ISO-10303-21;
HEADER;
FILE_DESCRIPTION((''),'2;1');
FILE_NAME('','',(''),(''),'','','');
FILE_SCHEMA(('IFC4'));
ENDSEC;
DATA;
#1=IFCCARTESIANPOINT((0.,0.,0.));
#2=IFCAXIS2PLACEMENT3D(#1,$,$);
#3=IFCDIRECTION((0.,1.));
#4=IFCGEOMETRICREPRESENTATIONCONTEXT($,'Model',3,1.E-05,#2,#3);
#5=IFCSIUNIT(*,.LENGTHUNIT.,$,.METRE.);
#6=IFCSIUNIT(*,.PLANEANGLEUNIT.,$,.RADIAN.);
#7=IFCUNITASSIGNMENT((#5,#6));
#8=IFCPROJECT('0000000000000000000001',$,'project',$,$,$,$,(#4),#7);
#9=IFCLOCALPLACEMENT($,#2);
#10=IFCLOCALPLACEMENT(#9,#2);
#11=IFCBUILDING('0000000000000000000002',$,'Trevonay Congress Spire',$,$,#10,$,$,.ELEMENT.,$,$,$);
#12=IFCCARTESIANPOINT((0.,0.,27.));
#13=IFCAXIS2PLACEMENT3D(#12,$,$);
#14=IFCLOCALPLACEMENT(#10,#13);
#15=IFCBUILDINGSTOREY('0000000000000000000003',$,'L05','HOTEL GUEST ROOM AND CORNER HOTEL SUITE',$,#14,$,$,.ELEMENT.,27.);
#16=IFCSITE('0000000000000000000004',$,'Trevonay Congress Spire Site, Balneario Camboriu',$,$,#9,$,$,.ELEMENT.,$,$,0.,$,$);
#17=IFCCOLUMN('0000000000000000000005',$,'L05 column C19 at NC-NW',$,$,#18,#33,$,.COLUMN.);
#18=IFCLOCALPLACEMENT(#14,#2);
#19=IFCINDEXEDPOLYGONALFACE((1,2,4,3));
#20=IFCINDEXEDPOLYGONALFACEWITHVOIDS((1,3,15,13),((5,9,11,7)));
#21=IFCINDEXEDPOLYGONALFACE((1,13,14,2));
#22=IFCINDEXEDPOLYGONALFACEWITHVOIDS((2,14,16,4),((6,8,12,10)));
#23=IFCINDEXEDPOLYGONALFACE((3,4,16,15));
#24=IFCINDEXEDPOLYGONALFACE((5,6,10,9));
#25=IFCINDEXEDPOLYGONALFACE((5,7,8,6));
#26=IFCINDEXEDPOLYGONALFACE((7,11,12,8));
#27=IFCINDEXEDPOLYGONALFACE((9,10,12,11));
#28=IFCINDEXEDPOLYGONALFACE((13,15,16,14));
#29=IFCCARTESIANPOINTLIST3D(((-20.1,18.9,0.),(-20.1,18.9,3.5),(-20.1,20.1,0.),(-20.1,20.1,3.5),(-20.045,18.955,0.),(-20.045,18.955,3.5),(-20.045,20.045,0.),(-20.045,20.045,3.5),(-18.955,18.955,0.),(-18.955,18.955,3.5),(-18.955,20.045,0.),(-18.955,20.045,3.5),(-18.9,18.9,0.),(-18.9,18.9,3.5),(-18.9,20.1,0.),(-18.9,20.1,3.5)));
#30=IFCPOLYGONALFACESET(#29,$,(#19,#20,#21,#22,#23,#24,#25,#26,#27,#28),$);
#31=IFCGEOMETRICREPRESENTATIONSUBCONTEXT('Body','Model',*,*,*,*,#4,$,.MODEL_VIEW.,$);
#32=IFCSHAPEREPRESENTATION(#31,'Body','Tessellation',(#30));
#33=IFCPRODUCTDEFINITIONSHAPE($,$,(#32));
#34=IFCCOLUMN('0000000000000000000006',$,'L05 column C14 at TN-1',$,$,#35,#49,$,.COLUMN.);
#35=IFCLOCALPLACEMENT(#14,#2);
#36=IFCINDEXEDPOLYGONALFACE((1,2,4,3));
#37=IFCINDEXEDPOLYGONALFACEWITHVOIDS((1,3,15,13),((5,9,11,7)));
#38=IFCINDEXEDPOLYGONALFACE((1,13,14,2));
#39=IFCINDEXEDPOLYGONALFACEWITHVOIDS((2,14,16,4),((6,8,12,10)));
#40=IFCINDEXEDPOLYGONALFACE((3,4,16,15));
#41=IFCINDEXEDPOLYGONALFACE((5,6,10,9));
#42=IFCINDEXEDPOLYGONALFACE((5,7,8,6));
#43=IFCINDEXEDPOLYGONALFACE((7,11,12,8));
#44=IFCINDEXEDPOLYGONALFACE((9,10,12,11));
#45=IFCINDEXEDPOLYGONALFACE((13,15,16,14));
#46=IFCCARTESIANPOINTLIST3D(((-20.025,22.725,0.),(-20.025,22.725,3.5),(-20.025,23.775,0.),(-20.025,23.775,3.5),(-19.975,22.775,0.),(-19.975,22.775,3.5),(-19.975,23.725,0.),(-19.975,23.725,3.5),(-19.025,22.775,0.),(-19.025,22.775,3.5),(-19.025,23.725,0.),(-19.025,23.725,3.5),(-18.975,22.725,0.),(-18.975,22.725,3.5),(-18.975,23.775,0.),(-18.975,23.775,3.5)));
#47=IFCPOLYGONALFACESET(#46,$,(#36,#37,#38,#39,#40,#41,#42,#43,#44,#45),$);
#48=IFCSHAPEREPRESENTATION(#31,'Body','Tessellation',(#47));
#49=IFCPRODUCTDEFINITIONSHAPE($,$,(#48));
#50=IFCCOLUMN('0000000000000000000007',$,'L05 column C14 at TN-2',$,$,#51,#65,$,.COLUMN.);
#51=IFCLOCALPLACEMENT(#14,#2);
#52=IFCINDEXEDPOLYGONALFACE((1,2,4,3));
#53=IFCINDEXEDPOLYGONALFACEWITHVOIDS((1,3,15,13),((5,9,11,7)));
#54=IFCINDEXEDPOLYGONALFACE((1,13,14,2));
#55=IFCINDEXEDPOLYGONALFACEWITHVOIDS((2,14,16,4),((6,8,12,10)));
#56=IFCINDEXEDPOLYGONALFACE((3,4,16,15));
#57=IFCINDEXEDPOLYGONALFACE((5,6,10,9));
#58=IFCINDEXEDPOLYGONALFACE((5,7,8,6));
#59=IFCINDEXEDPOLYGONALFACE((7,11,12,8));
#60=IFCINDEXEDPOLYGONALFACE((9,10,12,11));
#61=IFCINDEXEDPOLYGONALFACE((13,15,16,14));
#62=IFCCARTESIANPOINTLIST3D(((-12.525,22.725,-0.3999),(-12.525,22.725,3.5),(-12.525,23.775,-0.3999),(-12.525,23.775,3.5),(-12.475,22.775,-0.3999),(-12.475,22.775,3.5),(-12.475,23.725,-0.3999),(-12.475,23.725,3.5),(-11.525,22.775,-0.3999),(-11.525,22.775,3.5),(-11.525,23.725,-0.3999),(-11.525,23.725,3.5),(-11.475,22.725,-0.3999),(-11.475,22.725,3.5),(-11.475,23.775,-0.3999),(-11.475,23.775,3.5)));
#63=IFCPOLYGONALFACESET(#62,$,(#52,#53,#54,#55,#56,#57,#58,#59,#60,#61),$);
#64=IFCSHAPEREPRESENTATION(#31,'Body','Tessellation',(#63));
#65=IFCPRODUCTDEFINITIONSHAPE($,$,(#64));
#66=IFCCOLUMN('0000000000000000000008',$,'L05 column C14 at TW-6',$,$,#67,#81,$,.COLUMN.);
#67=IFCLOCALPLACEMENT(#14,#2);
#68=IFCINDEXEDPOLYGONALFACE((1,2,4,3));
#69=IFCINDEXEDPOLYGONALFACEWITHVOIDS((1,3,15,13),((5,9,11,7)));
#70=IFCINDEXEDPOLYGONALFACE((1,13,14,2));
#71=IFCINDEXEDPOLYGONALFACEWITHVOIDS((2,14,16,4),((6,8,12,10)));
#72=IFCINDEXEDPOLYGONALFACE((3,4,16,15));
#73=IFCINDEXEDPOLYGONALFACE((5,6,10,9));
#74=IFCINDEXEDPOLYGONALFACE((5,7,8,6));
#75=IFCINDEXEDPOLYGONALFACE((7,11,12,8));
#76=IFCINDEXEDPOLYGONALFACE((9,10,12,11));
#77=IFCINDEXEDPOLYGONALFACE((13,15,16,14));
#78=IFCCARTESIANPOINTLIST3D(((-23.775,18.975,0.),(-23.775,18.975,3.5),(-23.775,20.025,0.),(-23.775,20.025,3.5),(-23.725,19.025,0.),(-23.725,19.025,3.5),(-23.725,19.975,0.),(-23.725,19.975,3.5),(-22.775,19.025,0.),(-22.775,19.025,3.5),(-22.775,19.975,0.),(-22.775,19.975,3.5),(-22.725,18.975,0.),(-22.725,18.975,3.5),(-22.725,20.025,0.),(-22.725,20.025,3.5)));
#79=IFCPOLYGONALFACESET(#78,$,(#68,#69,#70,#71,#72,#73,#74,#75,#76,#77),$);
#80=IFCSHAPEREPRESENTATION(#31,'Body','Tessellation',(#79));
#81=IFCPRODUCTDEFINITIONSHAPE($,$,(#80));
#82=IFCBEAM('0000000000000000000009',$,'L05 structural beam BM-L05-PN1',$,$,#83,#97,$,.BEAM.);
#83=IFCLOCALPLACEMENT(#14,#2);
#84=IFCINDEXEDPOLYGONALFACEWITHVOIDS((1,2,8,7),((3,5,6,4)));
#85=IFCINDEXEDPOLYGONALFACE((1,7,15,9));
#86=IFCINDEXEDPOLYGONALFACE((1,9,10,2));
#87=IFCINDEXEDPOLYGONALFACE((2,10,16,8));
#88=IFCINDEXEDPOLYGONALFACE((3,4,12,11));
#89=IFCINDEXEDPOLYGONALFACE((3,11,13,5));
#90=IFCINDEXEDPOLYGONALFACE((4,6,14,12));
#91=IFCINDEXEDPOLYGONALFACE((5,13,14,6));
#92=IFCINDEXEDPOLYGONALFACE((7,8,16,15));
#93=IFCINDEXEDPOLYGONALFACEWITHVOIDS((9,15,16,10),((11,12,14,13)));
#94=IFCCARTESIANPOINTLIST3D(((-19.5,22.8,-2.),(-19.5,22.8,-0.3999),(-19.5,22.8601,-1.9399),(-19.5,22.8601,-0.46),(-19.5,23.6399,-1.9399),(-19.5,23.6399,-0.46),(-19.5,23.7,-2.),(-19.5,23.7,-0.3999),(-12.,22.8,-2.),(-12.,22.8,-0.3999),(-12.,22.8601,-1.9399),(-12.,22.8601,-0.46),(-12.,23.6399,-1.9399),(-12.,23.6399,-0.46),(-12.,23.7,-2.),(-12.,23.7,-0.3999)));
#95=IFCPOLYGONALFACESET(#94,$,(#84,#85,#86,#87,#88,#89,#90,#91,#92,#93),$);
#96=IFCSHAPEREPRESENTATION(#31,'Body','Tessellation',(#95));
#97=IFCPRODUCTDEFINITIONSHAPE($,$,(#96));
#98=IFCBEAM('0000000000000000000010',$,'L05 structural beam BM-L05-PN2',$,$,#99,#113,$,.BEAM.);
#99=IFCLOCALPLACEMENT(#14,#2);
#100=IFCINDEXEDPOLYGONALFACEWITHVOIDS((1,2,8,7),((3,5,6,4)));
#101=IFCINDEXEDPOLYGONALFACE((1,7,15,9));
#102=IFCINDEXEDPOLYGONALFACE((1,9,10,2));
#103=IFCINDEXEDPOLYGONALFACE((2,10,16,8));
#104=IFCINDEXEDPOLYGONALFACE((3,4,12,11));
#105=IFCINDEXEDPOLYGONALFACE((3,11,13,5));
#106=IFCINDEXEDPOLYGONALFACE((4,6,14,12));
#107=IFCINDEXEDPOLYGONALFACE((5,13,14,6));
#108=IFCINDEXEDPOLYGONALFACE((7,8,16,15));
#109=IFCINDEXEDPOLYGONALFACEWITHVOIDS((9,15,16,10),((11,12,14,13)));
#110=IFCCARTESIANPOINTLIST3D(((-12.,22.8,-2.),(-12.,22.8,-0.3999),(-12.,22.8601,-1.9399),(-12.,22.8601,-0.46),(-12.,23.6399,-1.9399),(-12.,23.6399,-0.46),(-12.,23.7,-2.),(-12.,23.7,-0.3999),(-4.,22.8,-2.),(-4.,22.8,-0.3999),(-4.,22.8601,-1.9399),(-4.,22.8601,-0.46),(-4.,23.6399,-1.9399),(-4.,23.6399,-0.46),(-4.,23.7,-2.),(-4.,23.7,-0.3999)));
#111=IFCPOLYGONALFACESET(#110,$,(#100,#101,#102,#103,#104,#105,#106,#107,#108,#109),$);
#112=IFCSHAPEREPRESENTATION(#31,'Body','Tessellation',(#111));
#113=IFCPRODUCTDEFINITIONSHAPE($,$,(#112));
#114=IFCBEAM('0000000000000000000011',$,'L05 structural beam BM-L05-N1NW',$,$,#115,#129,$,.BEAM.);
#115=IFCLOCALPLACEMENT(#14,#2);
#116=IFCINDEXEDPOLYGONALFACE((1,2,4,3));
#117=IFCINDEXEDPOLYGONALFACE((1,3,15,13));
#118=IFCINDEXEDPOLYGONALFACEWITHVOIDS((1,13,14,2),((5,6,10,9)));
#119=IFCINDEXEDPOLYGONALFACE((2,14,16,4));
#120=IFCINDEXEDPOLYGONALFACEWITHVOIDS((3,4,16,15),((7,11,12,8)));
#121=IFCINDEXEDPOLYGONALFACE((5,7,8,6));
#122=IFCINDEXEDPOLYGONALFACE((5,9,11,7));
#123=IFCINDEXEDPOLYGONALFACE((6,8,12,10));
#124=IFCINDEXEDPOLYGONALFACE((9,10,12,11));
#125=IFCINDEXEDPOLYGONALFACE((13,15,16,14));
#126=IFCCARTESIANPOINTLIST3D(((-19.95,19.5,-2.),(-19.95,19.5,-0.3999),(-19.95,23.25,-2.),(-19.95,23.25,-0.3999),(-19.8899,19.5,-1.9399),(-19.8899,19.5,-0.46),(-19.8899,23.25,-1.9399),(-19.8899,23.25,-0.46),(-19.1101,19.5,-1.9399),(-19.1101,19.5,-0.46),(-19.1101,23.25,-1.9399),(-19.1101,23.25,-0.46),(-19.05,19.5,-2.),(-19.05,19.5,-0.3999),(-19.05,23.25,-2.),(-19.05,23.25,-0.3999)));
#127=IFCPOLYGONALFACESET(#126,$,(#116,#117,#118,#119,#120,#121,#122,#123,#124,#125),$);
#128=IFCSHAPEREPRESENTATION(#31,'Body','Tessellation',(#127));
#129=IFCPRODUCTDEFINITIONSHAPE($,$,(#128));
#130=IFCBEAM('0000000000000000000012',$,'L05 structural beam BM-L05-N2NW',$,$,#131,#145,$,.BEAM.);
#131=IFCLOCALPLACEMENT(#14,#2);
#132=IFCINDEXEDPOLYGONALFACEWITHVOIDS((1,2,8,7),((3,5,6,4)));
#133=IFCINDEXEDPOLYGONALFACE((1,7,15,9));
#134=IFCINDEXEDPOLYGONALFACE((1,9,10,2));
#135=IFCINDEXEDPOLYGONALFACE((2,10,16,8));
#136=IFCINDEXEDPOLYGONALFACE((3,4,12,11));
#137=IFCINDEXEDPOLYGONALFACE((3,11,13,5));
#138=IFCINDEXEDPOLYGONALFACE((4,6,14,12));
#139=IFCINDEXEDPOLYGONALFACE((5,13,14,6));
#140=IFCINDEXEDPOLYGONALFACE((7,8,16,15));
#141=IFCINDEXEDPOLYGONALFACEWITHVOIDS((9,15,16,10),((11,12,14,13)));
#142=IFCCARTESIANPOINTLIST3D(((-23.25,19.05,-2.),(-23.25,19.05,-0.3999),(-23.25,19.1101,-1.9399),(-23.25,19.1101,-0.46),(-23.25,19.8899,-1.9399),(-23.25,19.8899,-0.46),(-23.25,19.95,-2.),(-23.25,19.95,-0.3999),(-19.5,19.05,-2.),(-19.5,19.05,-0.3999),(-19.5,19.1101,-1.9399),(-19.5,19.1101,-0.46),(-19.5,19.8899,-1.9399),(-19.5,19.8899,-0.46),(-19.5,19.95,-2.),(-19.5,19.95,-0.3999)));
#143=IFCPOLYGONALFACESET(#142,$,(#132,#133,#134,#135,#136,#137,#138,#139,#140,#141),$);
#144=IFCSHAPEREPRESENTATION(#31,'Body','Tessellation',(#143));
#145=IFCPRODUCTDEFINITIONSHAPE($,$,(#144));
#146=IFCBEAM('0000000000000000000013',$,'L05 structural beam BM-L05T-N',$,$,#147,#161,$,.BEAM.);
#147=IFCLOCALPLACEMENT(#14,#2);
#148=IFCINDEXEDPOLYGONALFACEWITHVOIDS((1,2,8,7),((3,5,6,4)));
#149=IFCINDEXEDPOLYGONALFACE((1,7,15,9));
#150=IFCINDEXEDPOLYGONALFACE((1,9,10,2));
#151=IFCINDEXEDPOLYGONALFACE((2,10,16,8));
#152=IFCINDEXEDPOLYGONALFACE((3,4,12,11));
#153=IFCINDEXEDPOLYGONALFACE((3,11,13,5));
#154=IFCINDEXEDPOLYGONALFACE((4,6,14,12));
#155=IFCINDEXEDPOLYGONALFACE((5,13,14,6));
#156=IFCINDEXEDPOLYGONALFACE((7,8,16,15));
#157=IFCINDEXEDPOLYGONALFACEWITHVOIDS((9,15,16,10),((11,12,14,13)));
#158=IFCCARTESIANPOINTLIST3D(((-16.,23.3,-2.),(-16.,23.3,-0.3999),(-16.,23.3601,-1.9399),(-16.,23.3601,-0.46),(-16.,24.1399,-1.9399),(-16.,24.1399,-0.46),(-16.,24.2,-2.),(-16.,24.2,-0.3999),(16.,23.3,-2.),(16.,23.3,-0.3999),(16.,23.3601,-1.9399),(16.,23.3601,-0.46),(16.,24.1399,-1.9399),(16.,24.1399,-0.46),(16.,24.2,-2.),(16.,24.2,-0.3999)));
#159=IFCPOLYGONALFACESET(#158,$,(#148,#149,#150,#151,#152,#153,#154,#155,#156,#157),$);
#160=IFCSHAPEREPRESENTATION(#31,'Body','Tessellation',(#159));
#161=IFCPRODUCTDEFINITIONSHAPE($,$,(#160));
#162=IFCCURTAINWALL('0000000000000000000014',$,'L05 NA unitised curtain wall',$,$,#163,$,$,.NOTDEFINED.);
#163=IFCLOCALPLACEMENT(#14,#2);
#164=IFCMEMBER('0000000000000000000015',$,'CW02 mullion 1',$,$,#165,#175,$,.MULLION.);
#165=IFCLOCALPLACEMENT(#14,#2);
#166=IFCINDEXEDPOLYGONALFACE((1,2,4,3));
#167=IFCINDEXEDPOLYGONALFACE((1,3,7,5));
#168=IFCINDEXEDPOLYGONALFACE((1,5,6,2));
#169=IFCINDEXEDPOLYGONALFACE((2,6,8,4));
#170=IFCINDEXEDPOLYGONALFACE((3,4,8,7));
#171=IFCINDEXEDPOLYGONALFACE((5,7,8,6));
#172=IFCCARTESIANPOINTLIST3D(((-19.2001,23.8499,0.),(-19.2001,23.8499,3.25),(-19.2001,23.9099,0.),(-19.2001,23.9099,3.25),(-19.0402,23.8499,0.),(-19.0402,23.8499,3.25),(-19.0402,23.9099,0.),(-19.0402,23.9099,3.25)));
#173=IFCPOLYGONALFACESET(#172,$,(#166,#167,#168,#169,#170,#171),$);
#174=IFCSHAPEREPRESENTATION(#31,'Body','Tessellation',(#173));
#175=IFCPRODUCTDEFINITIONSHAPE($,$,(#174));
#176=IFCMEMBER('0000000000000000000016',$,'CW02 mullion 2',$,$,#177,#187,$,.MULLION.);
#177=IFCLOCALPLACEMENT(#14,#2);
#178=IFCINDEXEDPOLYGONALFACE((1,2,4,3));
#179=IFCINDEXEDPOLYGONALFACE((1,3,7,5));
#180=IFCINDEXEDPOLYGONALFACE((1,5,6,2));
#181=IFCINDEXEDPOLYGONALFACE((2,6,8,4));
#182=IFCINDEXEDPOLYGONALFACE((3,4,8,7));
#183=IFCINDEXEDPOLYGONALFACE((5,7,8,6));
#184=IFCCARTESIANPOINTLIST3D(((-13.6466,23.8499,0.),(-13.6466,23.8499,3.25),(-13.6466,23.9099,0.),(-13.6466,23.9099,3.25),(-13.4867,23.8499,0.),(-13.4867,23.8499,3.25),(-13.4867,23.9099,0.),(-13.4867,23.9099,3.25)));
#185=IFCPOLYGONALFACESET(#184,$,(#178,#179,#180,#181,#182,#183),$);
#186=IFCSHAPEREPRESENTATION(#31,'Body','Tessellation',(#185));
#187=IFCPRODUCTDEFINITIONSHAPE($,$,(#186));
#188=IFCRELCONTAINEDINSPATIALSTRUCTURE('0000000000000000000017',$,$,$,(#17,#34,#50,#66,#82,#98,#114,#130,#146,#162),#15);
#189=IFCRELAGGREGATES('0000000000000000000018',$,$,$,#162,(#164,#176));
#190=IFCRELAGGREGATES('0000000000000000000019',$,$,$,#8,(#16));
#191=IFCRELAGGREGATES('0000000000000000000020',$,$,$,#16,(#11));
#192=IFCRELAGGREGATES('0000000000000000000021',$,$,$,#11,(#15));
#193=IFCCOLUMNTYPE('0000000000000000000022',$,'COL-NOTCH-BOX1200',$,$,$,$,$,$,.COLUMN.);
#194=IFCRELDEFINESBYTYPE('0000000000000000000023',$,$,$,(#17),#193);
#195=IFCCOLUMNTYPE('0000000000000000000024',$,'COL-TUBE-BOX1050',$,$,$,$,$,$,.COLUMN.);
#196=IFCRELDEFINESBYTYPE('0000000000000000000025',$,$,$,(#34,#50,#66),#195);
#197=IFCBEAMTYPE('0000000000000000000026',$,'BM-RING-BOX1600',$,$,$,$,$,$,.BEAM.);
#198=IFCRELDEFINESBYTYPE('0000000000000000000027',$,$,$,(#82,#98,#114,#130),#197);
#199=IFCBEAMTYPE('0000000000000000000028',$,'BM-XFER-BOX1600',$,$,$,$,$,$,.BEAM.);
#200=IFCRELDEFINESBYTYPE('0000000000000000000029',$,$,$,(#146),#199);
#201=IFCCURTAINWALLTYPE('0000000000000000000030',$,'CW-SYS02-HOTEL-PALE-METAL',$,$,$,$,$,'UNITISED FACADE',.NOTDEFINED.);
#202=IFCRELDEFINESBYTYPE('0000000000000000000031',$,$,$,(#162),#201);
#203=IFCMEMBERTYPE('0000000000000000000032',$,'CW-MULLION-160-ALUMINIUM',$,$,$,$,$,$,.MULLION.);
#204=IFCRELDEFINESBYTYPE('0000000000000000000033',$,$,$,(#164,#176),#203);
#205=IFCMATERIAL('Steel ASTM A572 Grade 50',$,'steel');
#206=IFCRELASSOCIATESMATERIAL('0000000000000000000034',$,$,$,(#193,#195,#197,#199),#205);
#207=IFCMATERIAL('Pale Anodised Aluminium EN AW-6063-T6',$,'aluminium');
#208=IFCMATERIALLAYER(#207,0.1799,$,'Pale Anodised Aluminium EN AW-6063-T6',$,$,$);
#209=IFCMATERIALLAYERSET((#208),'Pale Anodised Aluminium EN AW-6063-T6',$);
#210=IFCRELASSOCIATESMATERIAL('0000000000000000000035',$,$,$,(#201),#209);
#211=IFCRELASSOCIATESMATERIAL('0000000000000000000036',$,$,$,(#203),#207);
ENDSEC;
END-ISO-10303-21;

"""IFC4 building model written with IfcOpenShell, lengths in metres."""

from ifc_helpers import new_model, si_unit, direction, frame, origin, origin_2d, place, context, subcontext, project, spatial, rectangle, hollow_rectangle, extrude, material, layer, layer_set, material_profile, profile_set, type_object, element, aggregate, save


model = new_model("IFC4")

# Units and contexts
model_context = context("Model", 3, precision=1e-05, world=origin(), true_north=direction((0.0, 1.0)))
body_context = subcontext(model_context, "Body", "Model", "MODEL_VIEW")
ifc_project = project(units=[si_unit("LENGTHUNIT", "METRE"), si_unit("PLANEANGLEUNIT", "RADIAN")], contexts=[model_context])

# Site, building, storey
site_placement = place(None, origin())
site = spatial("IfcSite", under=ifc_project, at=site_placement, Name="Trevonay Congress Spire Site, Balneario Camboriu", CompositionType="ELEMENT", RefElevation=0.0)
building_placement = place(site_placement, origin())
building = spatial("IfcBuilding", under=site, at=building_placement, Name="Trevonay Congress Spire", CompositionType="ELEMENT")
storey_placement = place(building_placement, frame((0.0, 0.0, 27.0)))
storey = spatial("IfcBuildingStorey", under=building, at=storey_placement, Name="L05", Description="HOTEL GUEST ROOM AND CORNER HOTEL SUITE", CompositionType="ELEMENT", Elevation=27.0)

# Columns
ifc_material_1 = material(Name="Steel ASTM A572 Grade 50", Category="steel")
ifc_material_profile_1 = material_profile(ifc_material_1, hollow_rectangle(XDim=1.2, YDim=1.2, WallThickness=0.0549, at=origin_2d()), Name="BOX 1200x1200x55")
ifc_profile_set_1 = profile_set([ifc_material_profile_1], Name="Steel ASTM A572 Grade 50")
column_type_1 = type_object("IfcColumnType", Name="COL-NOTCH-BOX1200", PredefinedType="COLUMN", material=ifc_profile_set_1)
column_1_placement = place(storey_placement, frame((-19.5, 19.5, 0.0), z_axis=(0.0, 0.0, 1.0), x_axis=(1.0, 0.0, 0.0)))
element("IfcColumn", 1, at=column_1_placement, inside=storey, type_object=column_type_1, Name="L05 column C19 at NC-NW", PredefinedType="COLUMN", context=body_context, shape_type="SweptSolid", body=[
    extrude(hollow_rectangle(XDim=1.2, YDim=1.2, WallThickness=0.0549, at=origin_2d()), origin(), (0.0, 0.0, 1.0), 3.5),
])
ifc_material_profile_2 = material_profile(ifc_material_1, hollow_rectangle(XDim=1.05, YDim=1.05, WallThickness=0.05, at=origin_2d()), Name="BOX 1050x1050x50")
ifc_profile_set_2 = profile_set([ifc_material_profile_2], Name="Steel ASTM A572 Grade 50")
column_type_2 = type_object("IfcColumnType", Name="COL-TUBE-BOX1050", PredefinedType="COLUMN", material=ifc_profile_set_2)
column_2_placement = place(storey_placement, frame((-19.5, 23.25, 0.0), z_axis=(0.0, 0.0, 1.0), x_axis=(1.0, 0.0, 0.0)))
element("IfcColumn", 2, at=column_2_placement, inside=storey, type_object=column_type_2, Name="L05 column C14 at TN-1", PredefinedType="COLUMN", context=body_context, shape_type="SweptSolid", body=[
    extrude(hollow_rectangle(XDim=1.05, YDim=1.05, WallThickness=0.05, at=origin_2d()), origin(), (0.0, 0.0, 1.0), 3.5),
])
column_3_placement = place(storey_placement, frame((-12.0, 23.25, -0.3999), z_axis=(0.0, 0.0, 1.0), x_axis=(1.0, 0.0, 0.0)))
element("IfcColumn", 3, at=column_3_placement, inside=storey, type_object=column_type_2, Name="L05 column C14 at TN-2", PredefinedType="COLUMN", context=body_context, shape_type="SweptSolid", body=[
    extrude(hollow_rectangle(XDim=1.05, YDim=1.05, WallThickness=0.05, at=origin_2d()), origin(), (0.0, 0.0, 1.0), 3.8999),
])
column_4_placement = place(storey_placement, frame((-23.25, 19.5, 0.0), z_axis=(0.0, 0.0, 1.0), x_axis=(1.0, 0.0, 0.0)))
element("IfcColumn", 4, at=column_4_placement, inside=storey, type_object=column_type_2, Name="L05 column C14 at TW-6", PredefinedType="COLUMN", context=body_context, shape_type="SweptSolid", body=[
    extrude(hollow_rectangle(XDim=1.05, YDim=1.05, WallThickness=0.05, at=origin_2d()), origin(), (0.0, 0.0, 1.0), 3.5),
])

# Beams
ifc_material_profile_3 = material_profile(ifc_material_1, hollow_rectangle(XDim=0.8999, YDim=1.6001, WallThickness=0.0601, at=origin_2d()), Name="BOX 1600x900x60")
ifc_profile_set_3 = profile_set([ifc_material_profile_3], Name="Steel ASTM A572 Grade 50")
beam_type_1 = type_object("IfcBeamType", Name="BM-RING-BOX1600", PredefinedType="BEAM", material=ifc_profile_set_3)
beam_1_placement = place(storey_placement, frame((-19.5, 23.25, -1.2), z_axis=(1.0, 0.0, 0.0), x_axis=(0.0, 1.0, 0.0)))
element("IfcBeam", 5, at=beam_1_placement, inside=storey, type_object=beam_type_1, Name="L05 structural beam BM-L05-PN1", PredefinedType="BEAM", context=body_context, shape_type="SweptSolid", body=[
    extrude(hollow_rectangle(XDim=0.8999, YDim=1.6001, WallThickness=0.0601, at=origin_2d()), origin(), (0.0, 0.0, 1.0), 7.5),
])
beam_2_placement = place(storey_placement, frame((-12.0, 23.25, -1.2), z_axis=(1.0, 0.0, 0.0), x_axis=(0.0, 1.0, 0.0)))
element("IfcBeam", 6, at=beam_2_placement, inside=storey, type_object=beam_type_1, Name="L05 structural beam BM-L05-PN2", PredefinedType="BEAM", context=body_context, shape_type="SweptSolid", body=[
    extrude(hollow_rectangle(XDim=0.8999, YDim=1.6001, WallThickness=0.0601, at=origin_2d()), origin(), (0.0, 0.0, 1.0), 8.0),
])
for number, where, z_axis, x_axis, name in (
    (7, (-19.5, 23.25, -1.2), (0.0, -1.0, 0.0), (1.0, 0.0, 0.0), "L05 structural beam BM-L05-N1NW"),
    (8, (-23.25, 19.5, -1.2), (1.0, 0.0, 0.0), (0.0, 1.0, 0.0), "L05 structural beam BM-L05-N2NW"),
):
    element("IfcBeam", number, at=place(storey_placement, frame(where, z_axis=z_axis, x_axis=x_axis)), inside=storey, type_object=beam_type_1, Name=name, PredefinedType="BEAM", context=body_context, shape_type="SweptSolid", body=[
        extrude(hollow_rectangle(XDim=0.8999, YDim=1.6001, WallThickness=0.0601, at=origin_2d()), origin(), (0.0, 0.0, 1.0), 3.75),
    ])
ifc_material_profile_4 = material_profile(ifc_material_1, hollow_rectangle(XDim=0.8999, YDim=1.6001, WallThickness=0.0601, at=origin_2d()), Name="BOX 1600x900x60")
ifc_profile_set_4 = profile_set([ifc_material_profile_4], Name="Steel ASTM A572 Grade 50")
beam_type_2 = type_object("IfcBeamType", Name="BM-XFER-BOX1600", PredefinedType="BEAM", material=ifc_profile_set_4)
beam_3_placement = place(storey_placement, frame((-16.0, 23.75, -1.2), z_axis=(1.0, 0.0, 0.0), x_axis=(0.0, 1.0, 0.0)))
element("IfcBeam", 9, at=beam_3_placement, inside=storey, type_object=beam_type_2, Name="L05 structural beam BM-L05T-N", PredefinedType="BEAM", context=body_context, shape_type="SweptSolid", body=[
    extrude(hollow_rectangle(XDim=0.8999, YDim=1.6001, WallThickness=0.0601, at=origin_2d()), origin(), (0.0, 0.0, 1.0), 32.0),
])

# Curtain wall, members
ifc_material_2 = material(Name="Pale Anodised Aluminium EN AW-6063-T6", Category="aluminium")
ifc_layer_1 = layer(ifc_material_2, 0.1799, Name="Pale Anodised Aluminium EN AW-6063-T6")
ifc_layer_set_1 = layer_set([ifc_layer_1], Name="Pale Anodised Aluminium EN AW-6063-T6")
curtain_wall_type = type_object("IfcCurtainWallType", Name="CW-SYS02-HOTEL-PALE-METAL", ElementType="UNITISED FACADE", PredefinedType="NOTDEFINED", material=ifc_layer_set_1)
curtain_wall_1_placement = place(storey_placement, origin())
curtain_wall_1 = element("IfcCurtainWall", 10, at=curtain_wall_1_placement, inside=storey, type_object=curtain_wall_type, Name="L05 NA unitised curtain wall", PredefinedType="NOTDEFINED")
ifc_material_profile_5 = material_profile(ifc_material_2, rectangle(XDim=0.0601, YDim=0.1599, at=origin_2d()), Name="CW-MULLION-160-ALUMINIUM")
ifc_profile_set_5 = profile_set([ifc_material_profile_5], Name="Pale Anodised Aluminium EN AW-6063-T6")
member_type_1 = type_object("IfcMemberType", Name="CW-MULLION-160-ALUMINIUM", PredefinedType="MULLION", material=ifc_profile_set_5)
member_1_placement = place(storey_placement, frame((-19.1201, 23.8799, 0.0), z_axis=(0.0, 0.0, 1.0), x_axis=(0.0, 1.0, 0.0)))
member_1 = element("IfcMember", 11, at=member_1_placement, type_object=member_type_1, Name="CW02 mullion 1", PredefinedType="MULLION", context=body_context, shape_type="SweptSolid", body=[
    extrude(rectangle(XDim=0.0601, YDim=0.1599, at=origin_2d()), origin(), (0.0, 0.0, 1.0), 3.25),
])
member_2_placement = place(storey_placement, frame((-13.5667, 23.8799, 0.0), z_axis=(0.0, 0.0, 1.0), x_axis=(0.0, 1.0, 0.0)))
member_2 = element("IfcMember", 12, at=member_2_placement, type_object=member_type_1, Name="CW02 mullion 2", PredefinedType="MULLION", context=body_context, shape_type="SweptSolid", body=[
    extrude(rectangle(XDim=0.0601, YDim=0.1599, at=origin_2d()), origin(), (0.0, 0.0, 1.0), 3.25),
])

aggregate(curtain_wall_1, [member_1, member_2])

save(model, "model.ifc")
